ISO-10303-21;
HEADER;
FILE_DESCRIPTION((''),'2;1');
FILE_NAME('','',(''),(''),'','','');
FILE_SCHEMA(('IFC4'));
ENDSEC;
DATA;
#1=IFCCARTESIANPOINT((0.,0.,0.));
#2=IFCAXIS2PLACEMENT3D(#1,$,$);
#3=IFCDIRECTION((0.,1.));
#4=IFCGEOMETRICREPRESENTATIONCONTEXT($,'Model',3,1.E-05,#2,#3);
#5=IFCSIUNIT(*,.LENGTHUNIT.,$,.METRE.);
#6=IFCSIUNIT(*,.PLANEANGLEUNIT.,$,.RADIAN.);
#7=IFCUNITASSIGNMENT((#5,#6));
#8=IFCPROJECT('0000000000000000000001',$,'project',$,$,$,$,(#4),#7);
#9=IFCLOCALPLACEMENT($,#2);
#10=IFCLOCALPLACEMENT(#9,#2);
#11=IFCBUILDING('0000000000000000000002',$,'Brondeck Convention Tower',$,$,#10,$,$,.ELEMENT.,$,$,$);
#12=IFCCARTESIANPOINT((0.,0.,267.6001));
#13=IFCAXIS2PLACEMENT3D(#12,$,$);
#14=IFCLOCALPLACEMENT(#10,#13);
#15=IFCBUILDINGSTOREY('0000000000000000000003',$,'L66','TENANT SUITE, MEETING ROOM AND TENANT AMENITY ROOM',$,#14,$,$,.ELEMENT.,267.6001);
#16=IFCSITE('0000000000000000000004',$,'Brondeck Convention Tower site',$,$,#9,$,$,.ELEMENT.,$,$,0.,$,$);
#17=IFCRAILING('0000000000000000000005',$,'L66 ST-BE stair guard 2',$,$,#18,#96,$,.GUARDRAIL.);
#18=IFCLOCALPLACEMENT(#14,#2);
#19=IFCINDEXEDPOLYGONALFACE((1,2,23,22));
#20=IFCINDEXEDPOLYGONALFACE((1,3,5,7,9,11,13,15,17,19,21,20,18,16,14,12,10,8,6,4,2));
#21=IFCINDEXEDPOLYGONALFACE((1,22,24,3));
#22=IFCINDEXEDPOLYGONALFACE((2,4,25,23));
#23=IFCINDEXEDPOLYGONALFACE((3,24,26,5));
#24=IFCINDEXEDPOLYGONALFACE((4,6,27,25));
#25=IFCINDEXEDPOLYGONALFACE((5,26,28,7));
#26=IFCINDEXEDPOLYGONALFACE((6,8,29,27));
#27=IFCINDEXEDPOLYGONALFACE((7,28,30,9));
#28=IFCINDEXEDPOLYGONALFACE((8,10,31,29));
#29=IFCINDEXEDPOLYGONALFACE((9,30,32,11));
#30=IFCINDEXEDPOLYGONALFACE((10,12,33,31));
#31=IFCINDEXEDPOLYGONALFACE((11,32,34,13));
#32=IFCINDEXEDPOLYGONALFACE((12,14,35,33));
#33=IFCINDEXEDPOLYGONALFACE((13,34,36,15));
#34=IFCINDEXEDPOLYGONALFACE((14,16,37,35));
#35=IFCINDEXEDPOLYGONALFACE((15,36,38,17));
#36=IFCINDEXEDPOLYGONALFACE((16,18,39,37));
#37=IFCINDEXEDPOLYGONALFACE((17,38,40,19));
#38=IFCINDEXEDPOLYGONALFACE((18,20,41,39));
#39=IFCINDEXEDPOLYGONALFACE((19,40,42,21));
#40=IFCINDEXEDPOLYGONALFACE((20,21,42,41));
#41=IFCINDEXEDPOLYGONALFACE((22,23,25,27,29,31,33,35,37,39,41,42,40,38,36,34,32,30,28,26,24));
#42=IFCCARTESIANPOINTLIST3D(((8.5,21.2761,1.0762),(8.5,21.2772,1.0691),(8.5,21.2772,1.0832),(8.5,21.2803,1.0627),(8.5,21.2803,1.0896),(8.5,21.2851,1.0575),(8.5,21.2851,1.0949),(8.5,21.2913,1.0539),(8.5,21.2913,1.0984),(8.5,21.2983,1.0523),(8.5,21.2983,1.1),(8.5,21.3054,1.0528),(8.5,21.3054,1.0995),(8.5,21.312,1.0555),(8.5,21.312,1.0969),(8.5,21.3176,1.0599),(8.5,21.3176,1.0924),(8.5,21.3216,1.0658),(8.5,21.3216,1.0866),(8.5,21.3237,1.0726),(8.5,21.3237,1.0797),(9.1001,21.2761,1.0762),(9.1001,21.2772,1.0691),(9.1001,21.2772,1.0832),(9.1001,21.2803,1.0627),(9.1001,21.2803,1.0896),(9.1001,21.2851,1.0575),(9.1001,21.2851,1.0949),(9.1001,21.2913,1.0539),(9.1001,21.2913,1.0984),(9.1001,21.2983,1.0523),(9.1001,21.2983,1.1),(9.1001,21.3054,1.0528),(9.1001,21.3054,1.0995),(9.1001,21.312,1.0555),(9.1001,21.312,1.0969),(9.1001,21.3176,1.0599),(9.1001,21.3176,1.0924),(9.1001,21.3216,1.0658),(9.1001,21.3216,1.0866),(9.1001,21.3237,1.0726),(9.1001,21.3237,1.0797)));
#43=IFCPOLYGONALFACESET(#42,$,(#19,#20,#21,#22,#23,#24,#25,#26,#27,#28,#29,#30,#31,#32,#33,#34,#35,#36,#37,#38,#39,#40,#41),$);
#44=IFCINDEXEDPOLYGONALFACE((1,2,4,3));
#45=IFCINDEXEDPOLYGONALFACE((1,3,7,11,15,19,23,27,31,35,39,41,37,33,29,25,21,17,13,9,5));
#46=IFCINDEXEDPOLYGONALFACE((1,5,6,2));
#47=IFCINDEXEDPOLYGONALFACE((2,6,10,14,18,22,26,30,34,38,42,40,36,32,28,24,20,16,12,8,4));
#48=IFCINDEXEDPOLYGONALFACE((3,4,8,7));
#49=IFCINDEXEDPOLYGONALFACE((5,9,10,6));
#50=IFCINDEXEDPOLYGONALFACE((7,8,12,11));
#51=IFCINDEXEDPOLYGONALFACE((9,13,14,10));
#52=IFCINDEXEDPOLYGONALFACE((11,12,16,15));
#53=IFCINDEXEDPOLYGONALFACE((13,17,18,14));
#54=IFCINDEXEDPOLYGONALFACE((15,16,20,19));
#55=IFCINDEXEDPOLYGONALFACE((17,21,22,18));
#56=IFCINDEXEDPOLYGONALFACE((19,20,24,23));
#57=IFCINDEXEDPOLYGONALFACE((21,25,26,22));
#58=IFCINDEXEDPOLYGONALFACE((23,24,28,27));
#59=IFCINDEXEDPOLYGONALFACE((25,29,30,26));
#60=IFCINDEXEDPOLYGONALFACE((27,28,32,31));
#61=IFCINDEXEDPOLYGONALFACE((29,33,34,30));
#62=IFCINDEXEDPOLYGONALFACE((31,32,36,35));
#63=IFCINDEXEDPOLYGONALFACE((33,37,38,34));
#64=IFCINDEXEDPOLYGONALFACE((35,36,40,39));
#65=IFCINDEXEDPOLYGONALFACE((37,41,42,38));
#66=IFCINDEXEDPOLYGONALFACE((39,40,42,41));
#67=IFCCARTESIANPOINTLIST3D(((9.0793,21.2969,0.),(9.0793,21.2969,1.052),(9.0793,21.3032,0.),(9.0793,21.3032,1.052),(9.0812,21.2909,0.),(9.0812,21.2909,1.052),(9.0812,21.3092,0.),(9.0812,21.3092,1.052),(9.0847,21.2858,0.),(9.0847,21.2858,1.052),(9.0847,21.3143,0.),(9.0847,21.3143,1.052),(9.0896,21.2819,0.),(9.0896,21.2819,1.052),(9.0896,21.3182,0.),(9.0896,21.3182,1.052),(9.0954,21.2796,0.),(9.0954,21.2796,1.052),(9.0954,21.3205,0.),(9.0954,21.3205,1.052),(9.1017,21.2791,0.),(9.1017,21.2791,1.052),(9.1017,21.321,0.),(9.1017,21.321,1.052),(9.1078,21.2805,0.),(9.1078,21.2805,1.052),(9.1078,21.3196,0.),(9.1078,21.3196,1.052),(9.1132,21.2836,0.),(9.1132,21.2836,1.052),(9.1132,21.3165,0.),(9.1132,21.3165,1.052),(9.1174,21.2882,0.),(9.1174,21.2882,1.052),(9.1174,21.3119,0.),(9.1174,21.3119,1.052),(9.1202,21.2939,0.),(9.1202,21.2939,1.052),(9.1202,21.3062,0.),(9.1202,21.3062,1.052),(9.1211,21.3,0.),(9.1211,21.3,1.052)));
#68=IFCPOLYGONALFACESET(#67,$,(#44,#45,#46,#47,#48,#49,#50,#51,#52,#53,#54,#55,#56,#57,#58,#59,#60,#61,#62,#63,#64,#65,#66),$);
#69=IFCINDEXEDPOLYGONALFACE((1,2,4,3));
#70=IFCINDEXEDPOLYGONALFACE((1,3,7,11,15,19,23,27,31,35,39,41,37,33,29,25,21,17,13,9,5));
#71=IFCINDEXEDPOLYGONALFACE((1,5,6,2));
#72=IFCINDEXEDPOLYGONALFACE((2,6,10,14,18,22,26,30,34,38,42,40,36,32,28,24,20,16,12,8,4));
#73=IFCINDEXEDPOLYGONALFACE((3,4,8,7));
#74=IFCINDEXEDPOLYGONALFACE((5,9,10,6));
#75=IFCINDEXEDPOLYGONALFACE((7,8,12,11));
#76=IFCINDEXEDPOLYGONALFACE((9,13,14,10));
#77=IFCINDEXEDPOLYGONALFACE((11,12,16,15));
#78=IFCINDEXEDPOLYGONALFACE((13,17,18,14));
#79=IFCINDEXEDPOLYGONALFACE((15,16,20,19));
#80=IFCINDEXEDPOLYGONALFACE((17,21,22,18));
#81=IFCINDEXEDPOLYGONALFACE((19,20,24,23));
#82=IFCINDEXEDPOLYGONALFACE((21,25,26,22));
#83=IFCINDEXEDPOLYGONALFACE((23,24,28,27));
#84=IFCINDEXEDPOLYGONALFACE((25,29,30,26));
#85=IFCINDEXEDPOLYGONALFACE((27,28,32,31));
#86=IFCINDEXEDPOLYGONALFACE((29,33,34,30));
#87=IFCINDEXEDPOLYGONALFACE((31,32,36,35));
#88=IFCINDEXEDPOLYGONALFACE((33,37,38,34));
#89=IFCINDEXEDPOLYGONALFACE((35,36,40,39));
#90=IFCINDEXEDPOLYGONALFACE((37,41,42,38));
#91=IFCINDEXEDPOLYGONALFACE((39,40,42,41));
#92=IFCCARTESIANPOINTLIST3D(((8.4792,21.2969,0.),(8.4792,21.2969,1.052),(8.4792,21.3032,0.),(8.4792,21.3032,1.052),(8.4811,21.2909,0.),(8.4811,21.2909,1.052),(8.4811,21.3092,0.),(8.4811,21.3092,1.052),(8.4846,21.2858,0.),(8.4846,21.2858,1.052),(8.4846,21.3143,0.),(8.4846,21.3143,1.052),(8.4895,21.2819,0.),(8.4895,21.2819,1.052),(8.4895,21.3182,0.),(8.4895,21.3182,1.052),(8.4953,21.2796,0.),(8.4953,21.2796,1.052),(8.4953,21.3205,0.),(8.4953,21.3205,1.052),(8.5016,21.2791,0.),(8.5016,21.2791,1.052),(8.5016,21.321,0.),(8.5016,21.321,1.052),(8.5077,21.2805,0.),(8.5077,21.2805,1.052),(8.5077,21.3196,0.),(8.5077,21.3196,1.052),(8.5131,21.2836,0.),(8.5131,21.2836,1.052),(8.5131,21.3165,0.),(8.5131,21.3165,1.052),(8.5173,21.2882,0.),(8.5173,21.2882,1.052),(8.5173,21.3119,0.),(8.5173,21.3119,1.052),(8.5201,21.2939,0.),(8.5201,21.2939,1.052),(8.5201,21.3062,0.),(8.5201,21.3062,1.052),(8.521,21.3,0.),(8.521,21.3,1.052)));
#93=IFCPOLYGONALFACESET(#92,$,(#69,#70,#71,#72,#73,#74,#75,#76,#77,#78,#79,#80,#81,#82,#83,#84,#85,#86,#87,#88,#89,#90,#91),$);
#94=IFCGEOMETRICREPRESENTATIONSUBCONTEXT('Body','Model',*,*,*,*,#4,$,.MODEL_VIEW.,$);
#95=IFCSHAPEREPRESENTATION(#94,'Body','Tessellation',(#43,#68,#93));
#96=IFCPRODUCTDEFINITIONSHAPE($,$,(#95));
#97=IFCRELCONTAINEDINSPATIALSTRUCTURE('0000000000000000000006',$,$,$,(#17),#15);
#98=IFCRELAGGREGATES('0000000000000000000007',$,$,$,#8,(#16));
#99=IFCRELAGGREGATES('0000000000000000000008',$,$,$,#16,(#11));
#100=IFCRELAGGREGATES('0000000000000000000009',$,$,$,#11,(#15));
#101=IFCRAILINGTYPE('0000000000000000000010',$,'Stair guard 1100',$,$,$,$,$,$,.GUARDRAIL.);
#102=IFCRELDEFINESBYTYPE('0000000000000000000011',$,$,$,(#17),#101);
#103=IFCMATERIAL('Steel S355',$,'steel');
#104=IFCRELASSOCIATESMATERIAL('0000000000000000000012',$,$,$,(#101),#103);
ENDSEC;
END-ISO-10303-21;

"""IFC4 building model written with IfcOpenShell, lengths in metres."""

from ifc_helpers import new_model, si_unit, direction, frame, origin, origin_2d, place, context, subcontext, project, spatial, circle, extrude, material, type_object, element, save


model = new_model("IFC4")

# Units and contexts
model_context = context("Model", 3, precision=1e-05, world=origin(), true_north=direction((0.0, 1.0)))
body_context = subcontext(model_context, "Body", "Model", "MODEL_VIEW")
ifc_project = project(units=[si_unit("LENGTHUNIT", "METRE"), si_unit("PLANEANGLEUNIT", "RADIAN")], contexts=[model_context])

# Site, building, storey
site_placement = place(None, origin())
site = spatial("IfcSite", under=ifc_project, at=site_placement, Name="Brondeck Convention Tower site", CompositionType="ELEMENT", RefElevation=0.0)
building_placement = place(site_placement, origin())
building = spatial("IfcBuilding", under=site, at=building_placement, Name="Brondeck Convention Tower", CompositionType="ELEMENT")
storey_placement = place(building_placement, frame((0.0, 0.0, 267.6001)))
storey = spatial("IfcBuildingStorey", under=building, at=storey_placement, Name="L66", Description="TENANT SUITE, MEETING ROOM AND TENANT AMENITY ROOM", CompositionType="ELEMENT", Elevation=267.6001)

# Railing
ifc_material_1 = material(Name="Steel S355", Category="steel")
railing_type = type_object("IfcRailingType", Name="Stair guard 1100", PredefinedType="GUARDRAIL", material=ifc_material_1)
railing_1_placement = place(storey_placement, frame((9.1001, 21.3, 0.0)))
element("IfcRailing", 1, at=railing_1_placement, inside=storey, type_object=railing_type, Name="L66 ST-BE stair guard 2", PredefinedType="GUARDRAIL", context=body_context, shape_type="SweptSolid", body=[
    extrude(circle(Radius=0.0239, at=origin_2d()), frame((0.0, 0.0, 1.0762), z_axis=(-1.0, 0.0, 0.0), x_axis=(0.0, -1.0, 0.0)), (0.0, 0.0, 1.0), 0.6001),
    extrude(circle(Radius=0.021, at=origin_2d()), origin(), (0.0, 0.0, 1.0), 1.052),
    extrude(circle(Radius=0.021, at=origin_2d()), frame((-0.6001, 0.0, 0.0)), (0.0, 0.0, 1.0), 1.052),
])

save(model, "model.ifc")
